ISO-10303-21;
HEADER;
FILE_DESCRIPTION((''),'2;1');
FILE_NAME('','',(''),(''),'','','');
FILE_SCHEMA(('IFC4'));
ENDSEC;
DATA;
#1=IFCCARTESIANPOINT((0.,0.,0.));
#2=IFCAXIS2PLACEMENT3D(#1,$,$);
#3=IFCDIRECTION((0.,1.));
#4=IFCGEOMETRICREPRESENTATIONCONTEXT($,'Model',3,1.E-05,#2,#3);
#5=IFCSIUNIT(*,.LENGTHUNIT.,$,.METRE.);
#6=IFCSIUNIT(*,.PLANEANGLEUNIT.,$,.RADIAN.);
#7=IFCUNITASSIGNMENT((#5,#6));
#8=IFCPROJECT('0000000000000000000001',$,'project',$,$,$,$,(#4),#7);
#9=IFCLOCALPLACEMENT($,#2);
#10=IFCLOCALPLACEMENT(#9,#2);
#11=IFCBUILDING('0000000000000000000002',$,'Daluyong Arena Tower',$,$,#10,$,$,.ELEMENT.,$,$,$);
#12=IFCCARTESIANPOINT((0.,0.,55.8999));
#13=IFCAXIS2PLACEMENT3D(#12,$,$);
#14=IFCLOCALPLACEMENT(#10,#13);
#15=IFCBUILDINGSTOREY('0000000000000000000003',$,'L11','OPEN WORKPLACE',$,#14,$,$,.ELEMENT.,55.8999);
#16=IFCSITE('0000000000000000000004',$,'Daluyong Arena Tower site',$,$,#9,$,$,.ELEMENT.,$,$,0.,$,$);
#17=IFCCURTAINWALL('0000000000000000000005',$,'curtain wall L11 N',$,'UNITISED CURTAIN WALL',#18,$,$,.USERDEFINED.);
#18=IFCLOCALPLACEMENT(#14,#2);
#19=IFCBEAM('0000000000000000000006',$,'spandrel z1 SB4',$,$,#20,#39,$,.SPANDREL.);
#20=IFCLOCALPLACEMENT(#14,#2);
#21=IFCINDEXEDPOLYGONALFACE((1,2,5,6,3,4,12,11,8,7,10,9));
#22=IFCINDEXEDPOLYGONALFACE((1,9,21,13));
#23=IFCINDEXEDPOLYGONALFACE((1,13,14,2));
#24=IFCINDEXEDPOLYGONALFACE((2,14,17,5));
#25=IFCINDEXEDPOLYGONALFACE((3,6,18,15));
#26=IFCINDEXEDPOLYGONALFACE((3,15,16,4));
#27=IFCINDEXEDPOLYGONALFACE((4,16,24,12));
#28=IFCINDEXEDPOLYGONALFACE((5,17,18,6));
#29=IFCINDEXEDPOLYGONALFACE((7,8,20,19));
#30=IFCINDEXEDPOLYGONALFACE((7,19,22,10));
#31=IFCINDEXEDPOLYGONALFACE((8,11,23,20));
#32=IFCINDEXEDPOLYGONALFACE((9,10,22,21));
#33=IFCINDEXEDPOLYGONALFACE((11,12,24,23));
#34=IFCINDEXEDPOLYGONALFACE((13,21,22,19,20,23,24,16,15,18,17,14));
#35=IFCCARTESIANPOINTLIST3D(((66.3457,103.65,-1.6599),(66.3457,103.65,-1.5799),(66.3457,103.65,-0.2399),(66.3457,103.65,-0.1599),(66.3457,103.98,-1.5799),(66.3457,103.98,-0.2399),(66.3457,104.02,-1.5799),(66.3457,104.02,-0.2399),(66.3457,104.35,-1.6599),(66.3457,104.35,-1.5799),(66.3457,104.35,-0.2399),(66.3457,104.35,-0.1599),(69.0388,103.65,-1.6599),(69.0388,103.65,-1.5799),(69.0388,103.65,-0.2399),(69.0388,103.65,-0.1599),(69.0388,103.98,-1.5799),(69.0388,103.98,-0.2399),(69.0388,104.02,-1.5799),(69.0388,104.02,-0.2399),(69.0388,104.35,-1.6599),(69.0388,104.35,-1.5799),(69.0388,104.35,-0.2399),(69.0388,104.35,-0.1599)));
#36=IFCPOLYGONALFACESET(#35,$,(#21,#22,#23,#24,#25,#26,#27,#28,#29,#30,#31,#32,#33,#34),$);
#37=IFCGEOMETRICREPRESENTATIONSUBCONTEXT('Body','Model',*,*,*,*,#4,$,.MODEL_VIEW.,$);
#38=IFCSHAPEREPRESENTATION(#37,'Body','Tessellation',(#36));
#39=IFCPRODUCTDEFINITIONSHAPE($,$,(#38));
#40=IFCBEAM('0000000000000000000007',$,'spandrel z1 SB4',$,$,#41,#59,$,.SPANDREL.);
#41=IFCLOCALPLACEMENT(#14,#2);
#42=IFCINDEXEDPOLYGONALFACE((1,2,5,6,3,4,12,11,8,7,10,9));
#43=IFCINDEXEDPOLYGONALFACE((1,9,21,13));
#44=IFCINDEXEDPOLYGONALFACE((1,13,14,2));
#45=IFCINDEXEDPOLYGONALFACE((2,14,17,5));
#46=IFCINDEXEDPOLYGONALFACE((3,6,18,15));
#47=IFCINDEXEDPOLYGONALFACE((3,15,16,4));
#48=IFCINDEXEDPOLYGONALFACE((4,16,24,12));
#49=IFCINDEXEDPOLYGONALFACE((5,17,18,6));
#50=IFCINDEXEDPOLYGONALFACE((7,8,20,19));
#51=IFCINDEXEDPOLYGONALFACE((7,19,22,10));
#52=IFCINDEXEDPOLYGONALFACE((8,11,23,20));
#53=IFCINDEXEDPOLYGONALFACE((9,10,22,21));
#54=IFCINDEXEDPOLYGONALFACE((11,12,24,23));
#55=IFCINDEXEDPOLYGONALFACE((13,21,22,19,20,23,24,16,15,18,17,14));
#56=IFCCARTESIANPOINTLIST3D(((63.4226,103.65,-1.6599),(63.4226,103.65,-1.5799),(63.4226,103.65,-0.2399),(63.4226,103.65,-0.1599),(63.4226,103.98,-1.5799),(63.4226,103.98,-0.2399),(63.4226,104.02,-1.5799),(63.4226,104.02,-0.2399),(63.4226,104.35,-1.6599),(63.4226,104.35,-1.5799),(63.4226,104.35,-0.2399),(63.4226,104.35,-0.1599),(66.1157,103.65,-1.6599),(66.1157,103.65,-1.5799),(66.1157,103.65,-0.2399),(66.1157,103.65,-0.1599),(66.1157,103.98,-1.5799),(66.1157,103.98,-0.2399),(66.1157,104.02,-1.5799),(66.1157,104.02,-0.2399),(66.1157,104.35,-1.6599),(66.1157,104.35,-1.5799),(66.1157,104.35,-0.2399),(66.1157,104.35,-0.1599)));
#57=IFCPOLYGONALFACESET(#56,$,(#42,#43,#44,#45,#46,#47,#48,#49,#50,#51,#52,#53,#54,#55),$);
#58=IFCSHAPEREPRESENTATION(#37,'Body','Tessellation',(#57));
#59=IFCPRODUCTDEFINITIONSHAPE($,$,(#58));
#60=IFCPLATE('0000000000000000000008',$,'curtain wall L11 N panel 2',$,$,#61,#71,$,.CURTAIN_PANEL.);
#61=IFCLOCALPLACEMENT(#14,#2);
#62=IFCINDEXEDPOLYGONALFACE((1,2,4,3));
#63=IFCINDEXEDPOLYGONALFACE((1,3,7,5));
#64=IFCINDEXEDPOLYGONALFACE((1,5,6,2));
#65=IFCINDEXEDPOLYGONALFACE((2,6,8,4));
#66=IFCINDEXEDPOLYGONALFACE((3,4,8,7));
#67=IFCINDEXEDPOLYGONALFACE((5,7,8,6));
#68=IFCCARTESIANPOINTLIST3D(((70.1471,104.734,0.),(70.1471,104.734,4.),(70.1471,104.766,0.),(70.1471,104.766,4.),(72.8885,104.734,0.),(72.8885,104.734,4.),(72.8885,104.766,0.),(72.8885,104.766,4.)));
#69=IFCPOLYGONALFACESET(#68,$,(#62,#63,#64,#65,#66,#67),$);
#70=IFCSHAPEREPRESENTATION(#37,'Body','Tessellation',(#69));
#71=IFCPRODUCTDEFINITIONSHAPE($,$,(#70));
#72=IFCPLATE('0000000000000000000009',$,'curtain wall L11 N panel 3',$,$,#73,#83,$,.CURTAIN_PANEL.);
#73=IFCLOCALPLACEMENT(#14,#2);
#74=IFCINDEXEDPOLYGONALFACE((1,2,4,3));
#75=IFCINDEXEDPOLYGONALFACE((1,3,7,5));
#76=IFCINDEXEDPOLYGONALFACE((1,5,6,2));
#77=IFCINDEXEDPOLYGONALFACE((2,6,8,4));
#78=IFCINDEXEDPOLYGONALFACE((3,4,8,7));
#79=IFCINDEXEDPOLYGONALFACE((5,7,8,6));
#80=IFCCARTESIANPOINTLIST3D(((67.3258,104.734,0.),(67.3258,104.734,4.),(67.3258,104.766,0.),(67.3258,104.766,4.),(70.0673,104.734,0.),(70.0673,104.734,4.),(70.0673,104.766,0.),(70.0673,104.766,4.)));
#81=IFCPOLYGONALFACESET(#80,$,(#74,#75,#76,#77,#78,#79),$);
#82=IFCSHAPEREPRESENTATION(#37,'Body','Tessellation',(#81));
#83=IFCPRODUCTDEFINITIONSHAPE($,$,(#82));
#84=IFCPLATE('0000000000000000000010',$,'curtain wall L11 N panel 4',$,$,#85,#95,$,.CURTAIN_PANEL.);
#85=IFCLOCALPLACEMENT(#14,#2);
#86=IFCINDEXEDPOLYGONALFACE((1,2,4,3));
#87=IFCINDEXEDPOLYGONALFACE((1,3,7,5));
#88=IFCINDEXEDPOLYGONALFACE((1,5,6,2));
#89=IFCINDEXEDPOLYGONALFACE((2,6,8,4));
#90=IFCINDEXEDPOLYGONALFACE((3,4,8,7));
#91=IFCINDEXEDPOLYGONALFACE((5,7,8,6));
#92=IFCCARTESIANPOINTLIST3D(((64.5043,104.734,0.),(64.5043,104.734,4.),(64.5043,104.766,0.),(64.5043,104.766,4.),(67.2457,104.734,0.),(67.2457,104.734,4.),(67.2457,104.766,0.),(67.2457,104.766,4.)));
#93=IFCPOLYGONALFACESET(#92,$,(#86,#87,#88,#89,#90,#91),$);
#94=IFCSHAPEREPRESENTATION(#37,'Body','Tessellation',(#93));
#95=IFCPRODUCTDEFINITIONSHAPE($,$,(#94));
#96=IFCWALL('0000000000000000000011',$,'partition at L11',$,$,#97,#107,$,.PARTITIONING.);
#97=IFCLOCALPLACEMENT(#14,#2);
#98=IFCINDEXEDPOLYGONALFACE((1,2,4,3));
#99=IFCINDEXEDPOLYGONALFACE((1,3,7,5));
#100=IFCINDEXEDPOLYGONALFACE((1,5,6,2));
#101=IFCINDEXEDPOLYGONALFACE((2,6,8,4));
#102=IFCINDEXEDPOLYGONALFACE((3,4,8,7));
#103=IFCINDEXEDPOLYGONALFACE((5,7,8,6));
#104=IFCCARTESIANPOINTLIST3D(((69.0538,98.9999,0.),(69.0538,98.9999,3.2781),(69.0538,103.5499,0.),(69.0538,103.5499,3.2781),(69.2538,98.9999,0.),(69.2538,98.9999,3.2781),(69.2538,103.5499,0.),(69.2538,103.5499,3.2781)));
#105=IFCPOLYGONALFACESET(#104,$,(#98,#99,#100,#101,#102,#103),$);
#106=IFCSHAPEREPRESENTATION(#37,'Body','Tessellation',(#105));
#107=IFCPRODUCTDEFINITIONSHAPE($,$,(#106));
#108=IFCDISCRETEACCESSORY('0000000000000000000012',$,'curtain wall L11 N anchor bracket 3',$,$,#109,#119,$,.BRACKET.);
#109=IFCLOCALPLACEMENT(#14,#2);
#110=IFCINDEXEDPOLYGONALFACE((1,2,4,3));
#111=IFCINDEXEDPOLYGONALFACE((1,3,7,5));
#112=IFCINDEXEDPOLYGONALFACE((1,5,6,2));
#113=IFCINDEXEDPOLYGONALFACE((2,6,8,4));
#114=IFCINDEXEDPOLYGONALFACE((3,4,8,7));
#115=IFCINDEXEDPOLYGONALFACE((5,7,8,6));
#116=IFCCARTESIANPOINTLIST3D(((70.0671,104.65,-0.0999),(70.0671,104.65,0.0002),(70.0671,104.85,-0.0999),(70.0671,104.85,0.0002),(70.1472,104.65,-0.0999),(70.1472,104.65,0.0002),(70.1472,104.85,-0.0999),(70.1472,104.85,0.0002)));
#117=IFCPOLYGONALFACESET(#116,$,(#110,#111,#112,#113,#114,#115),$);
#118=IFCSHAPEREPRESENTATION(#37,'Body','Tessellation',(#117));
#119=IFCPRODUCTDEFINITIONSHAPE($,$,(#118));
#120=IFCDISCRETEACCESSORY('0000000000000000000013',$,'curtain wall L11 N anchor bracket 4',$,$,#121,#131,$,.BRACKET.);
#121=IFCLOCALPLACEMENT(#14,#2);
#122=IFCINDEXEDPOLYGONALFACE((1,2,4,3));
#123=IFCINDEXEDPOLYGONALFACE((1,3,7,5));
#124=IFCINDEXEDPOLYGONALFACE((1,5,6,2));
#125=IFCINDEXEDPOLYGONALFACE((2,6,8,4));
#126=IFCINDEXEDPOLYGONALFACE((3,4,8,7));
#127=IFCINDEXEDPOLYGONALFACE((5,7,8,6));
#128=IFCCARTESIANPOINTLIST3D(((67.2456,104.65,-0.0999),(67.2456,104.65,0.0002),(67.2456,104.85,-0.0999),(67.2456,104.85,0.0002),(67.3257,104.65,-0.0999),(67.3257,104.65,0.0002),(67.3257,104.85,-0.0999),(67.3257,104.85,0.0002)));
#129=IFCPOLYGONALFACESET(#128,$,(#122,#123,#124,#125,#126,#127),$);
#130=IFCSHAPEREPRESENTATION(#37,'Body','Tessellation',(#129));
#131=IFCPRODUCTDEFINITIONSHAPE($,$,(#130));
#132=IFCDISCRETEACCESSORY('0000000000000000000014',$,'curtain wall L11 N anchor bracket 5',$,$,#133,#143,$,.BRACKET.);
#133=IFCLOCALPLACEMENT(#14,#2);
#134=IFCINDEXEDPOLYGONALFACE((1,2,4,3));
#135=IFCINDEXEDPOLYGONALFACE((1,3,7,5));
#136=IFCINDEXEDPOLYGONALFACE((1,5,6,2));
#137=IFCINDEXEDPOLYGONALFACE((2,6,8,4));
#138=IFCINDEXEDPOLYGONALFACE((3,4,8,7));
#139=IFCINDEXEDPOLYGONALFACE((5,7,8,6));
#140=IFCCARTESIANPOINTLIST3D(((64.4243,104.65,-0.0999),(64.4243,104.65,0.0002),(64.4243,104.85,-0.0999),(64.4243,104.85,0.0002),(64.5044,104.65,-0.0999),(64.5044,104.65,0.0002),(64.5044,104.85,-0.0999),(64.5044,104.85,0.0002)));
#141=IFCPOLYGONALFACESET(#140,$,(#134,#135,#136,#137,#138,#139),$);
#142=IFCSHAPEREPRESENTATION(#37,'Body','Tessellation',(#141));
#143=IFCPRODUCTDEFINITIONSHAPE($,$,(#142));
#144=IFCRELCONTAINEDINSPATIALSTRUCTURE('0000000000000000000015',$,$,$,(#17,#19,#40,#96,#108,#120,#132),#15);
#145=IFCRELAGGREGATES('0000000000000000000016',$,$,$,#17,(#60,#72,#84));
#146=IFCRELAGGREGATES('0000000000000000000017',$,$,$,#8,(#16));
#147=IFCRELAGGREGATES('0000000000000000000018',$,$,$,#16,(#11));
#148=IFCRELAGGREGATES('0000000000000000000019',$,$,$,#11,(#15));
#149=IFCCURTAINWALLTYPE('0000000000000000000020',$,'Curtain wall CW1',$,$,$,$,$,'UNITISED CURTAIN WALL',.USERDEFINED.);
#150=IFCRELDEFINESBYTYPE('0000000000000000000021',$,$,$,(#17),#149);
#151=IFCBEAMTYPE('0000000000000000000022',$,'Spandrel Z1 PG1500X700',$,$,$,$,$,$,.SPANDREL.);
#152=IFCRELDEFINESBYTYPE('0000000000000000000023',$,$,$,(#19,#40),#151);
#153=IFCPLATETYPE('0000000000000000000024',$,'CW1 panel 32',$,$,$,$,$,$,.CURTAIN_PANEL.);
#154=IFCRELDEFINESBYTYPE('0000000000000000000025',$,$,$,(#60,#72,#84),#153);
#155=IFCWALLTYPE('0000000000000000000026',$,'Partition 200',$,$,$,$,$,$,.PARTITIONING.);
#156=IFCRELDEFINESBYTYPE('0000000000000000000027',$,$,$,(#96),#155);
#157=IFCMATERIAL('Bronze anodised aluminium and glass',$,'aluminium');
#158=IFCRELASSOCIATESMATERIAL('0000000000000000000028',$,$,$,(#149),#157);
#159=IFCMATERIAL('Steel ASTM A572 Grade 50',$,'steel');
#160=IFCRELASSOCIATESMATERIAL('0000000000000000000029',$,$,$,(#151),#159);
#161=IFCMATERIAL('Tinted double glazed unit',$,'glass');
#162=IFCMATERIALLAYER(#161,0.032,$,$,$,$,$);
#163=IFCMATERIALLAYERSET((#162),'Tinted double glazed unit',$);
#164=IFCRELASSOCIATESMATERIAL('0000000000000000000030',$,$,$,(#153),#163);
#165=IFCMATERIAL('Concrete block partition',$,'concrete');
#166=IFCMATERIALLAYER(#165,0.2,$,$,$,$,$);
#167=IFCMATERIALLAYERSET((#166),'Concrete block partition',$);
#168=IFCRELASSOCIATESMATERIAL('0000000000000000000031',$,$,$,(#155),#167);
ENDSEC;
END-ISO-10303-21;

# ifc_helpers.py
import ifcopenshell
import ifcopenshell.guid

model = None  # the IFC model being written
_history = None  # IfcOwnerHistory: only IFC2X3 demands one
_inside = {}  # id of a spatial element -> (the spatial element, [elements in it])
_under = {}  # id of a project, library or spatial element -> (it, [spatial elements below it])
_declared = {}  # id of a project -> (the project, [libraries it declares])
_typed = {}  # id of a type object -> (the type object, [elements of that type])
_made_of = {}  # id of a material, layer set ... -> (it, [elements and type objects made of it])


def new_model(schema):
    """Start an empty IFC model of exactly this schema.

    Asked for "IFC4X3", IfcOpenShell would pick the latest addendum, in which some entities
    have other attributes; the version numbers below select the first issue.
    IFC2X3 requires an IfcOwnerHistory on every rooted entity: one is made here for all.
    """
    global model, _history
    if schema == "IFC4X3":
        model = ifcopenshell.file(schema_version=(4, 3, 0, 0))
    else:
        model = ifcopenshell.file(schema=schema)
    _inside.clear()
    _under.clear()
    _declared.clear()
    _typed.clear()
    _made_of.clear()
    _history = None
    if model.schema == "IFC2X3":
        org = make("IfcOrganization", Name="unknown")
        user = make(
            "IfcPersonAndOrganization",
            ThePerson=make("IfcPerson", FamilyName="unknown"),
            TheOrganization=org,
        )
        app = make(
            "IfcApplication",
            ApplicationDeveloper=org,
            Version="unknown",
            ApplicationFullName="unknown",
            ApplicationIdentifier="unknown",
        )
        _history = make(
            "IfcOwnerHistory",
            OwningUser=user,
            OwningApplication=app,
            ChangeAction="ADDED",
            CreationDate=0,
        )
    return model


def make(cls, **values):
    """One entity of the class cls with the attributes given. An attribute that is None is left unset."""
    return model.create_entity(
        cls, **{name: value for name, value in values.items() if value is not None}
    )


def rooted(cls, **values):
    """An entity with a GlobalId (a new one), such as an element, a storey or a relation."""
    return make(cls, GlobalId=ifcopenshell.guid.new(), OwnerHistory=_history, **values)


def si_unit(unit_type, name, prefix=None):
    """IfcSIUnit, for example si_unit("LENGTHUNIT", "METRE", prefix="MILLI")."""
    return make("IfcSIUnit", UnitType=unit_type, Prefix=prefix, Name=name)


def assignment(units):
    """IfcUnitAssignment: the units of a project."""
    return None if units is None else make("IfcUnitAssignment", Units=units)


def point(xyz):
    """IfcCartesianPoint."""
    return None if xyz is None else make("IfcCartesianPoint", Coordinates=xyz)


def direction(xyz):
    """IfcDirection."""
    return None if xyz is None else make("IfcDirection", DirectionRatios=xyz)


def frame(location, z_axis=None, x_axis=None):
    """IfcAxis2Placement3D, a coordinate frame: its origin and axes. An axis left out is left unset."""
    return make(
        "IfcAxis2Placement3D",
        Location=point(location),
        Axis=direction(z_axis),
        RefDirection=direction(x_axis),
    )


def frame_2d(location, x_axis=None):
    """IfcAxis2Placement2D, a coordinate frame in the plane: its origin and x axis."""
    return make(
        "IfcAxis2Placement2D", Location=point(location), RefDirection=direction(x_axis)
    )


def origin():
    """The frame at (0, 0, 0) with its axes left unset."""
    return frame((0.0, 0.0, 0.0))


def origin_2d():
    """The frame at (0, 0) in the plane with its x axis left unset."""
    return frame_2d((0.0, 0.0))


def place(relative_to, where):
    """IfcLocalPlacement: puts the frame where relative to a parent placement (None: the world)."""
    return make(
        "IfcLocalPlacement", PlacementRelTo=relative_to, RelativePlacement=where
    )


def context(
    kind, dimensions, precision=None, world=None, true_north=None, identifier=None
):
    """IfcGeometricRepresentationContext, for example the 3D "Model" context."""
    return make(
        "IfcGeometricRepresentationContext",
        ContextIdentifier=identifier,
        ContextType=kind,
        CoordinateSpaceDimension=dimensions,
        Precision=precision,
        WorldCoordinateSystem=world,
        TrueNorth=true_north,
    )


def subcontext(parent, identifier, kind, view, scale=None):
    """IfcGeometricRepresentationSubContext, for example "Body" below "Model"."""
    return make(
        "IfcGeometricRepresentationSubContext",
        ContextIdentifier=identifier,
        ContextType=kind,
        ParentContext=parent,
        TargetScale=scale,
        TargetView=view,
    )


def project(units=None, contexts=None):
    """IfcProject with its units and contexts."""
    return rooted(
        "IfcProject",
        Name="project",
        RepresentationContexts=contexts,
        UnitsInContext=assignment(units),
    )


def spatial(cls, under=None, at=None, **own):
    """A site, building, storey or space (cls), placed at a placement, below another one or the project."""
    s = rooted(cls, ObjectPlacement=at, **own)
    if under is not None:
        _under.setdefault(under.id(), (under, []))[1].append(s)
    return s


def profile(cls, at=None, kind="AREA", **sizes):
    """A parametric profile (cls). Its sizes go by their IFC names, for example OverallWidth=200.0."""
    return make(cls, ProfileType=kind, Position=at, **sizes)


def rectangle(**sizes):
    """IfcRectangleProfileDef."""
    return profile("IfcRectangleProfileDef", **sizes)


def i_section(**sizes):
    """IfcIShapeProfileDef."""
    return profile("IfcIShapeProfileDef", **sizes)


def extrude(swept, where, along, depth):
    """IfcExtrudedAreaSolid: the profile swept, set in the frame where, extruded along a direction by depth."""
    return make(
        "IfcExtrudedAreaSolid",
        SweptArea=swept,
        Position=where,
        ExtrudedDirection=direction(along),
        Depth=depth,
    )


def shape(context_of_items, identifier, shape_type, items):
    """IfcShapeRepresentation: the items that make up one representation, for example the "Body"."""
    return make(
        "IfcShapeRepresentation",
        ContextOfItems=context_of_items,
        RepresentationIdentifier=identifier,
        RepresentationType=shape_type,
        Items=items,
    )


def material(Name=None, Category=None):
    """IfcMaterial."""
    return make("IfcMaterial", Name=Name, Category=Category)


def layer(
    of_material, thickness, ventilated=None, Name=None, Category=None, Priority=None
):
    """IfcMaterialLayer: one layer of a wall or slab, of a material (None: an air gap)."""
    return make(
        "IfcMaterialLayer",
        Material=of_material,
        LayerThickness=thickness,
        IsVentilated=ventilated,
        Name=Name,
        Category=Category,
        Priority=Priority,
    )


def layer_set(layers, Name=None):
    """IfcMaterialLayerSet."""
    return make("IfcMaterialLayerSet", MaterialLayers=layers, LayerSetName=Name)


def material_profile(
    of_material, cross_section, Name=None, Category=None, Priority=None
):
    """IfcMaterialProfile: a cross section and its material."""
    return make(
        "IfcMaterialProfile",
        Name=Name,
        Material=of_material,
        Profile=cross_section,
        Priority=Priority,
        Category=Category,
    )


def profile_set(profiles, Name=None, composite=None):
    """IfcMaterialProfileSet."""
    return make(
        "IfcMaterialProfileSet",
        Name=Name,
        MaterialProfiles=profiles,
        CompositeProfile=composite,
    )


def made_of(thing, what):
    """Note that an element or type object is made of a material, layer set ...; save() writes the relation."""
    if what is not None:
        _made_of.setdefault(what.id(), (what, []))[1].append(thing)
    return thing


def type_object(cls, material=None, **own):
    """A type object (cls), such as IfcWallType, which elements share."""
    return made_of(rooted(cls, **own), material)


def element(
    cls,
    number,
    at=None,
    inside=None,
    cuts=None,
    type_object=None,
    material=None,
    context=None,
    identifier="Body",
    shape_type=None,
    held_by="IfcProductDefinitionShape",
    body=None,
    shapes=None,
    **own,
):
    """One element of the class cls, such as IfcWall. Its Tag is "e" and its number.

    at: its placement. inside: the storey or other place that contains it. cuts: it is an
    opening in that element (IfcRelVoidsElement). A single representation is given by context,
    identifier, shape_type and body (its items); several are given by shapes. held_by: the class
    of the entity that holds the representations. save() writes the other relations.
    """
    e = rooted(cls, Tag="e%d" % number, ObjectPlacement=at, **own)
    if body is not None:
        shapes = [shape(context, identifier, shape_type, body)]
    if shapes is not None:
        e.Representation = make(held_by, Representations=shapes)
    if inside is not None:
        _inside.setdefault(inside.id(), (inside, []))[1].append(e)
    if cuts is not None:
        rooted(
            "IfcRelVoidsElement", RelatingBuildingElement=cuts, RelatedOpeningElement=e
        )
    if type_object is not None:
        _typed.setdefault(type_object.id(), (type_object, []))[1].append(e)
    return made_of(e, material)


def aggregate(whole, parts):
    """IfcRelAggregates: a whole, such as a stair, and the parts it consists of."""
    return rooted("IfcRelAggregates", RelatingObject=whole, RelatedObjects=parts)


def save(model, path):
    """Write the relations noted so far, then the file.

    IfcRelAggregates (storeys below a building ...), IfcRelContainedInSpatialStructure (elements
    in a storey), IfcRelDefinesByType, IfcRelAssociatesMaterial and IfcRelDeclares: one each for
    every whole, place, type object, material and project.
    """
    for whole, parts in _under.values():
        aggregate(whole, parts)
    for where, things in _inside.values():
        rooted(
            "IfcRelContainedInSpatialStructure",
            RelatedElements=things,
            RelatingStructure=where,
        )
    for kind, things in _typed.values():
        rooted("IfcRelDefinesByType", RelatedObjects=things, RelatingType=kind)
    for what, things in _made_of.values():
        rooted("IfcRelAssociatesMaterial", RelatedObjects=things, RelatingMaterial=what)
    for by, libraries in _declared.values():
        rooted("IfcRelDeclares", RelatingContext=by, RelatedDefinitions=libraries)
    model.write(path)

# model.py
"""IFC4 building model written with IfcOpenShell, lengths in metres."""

from ifc_helpers import new_model, si_unit, direction, frame, frame_2d, origin, origin_2d, place, context, subcontext, project, spatial, rectangle, i_section, extrude, material, layer, layer_set, material_profile, profile_set, type_object, element, aggregate, save


model = new_model("IFC4")

# Units and contexts
model_context = context("Model", 3, precision=1e-05, world=origin(), true_north=direction((0.0, 1.0)))
body_context = subcontext(model_context, "Body", "Model", "MODEL_VIEW")
ifc_project = project(units=[si_unit("LENGTHUNIT", "METRE"), si_unit("PLANEANGLEUNIT", "RADIAN")], contexts=[model_context])

# Site, building, storey
site_placement = place(None, origin())
site = spatial("IfcSite", under=ifc_project, at=site_placement, Name="Daluyong Arena Tower site", CompositionType="ELEMENT", RefElevation=0.0)
building_placement = place(site_placement, origin())
building = spatial("IfcBuilding", under=site, at=building_placement, Name="Daluyong Arena Tower", CompositionType="ELEMENT")
storey_placement = place(building_placement, frame((0.0, 0.0, 55.8999)))
storey = spatial("IfcBuildingStorey", under=building, at=storey_placement, Name="L11", Description="OPEN WORKPLACE", CompositionType="ELEMENT", Elevation=55.8999)

# Curtain wall
ifc_material_1 = material(Name="Bronze anodised aluminium and glass", Category="aluminium")
curtain_wall_type = type_object("IfcCurtainWallType", Name="Curtain wall CW1", ElementType="UNITISED CURTAIN WALL", PredefinedType="USERDEFINED", material=ifc_material_1)
curtain_wall_placement = place(storey_placement, origin())
curtain_wall = element("IfcCurtainWall", 1, at=curtain_wall_placement, inside=storey, type_object=curtain_wall_type, Name="curtain wall L11 N", ObjectType="UNITISED CURTAIN WALL", PredefinedType="USERDEFINED")

# Beams
ifc_material_2 = material(Name="Steel ASTM A572 Grade 50", Category="steel")
ifc_material_profile_1 = material_profile(ifc_material_2, i_section(OverallWidth=0.7, OverallDepth=1.5, WebThickness=0.04, FlangeThickness=0.08, at=origin_2d()))
ifc_profile_set_1 = profile_set([ifc_material_profile_1], Name="Steel ASTM A572 Grade 50")
beam_type_1 = type_object("IfcBeamType", Name="Spandrel Z1 PG1500X700", PredefinedType="SPANDREL", material=ifc_profile_set_1)
for number, where, z_axis, x_axis, name in (
    (2, (69.0388, 104.0, -0.9099), (-1.0, 0.0, 0.0), (0.0, -1.0, 0.0), "spandrel z1 SB4"),
    (3, (66.1157, 104.0, -0.9099), (-1.0, 0.0, 0.0), (0.0, -1.0, 0.0), "spandrel z1 SB4"),
):
    element("IfcBeam", number, at=place(storey_placement, frame(where, z_axis=z_axis, x_axis=x_axis)), inside=storey, type_object=beam_type_1, Name=name, PredefinedType="SPANDREL", context=body_context, shape_type="SweptSolid", body=[
        extrude(i_section(OverallWidth=0.7, OverallDepth=1.5, WebThickness=0.04, FlangeThickness=0.08, at=origin_2d()), origin(), (0.0, 0.0, 1.0), 2.6931),
    ])

# Plates
ifc_material_3 = material(Name="Tinted double glazed unit", Category="glass")
ifc_layer_1 = layer(ifc_material_3, 0.032)
ifc_layer_set_1 = layer_set([ifc_layer_1], Name="Tinted double glazed unit")
plate_type = type_object("IfcPlateType", Name="CW1 panel 32", PredefinedType="CURTAIN_PANEL", material=ifc_layer_set_1)
plate_1_placement = place(storey_placement, frame((71.5178, 104.75, 0.0), z_axis=(0.0, 0.0, 1.0), x_axis=(-1.0, 0.0, 0.0)))
plate_1 = element("IfcPlate", 4, at=plate_1_placement, type_object=plate_type, Name="curtain wall L11 N panel 2", PredefinedType="CURTAIN_PANEL", context=body_context, shape_type="SweptSolid", body=[
    extrude(rectangle(XDim=2.7415, YDim=0.032, at=origin_2d()), origin(), (0.0, 0.0, 1.0), 4.0),
])
plate_2_placement = place(storey_placement, frame((68.6965, 104.75, 0.0), z_axis=(0.0, 0.0, 1.0), x_axis=(-1.0, 0.0, 0.0)))
plate_2 = element("IfcPlate", 5, at=plate_2_placement, type_object=plate_type, Name="curtain wall L11 N panel 3", PredefinedType="CURTAIN_PANEL", context=body_context, shape_type="SweptSolid", body=[
    extrude(rectangle(XDim=2.7415, YDim=0.032, at=origin_2d()), origin(), (0.0, 0.0, 1.0), 4.0),
])
plate_3_placement = place(storey_placement, frame((65.875, 104.75, 0.0), z_axis=(0.0, 0.0, 1.0), x_axis=(-1.0, 0.0, 0.0)))
plate_3 = element("IfcPlate", 6, at=plate_3_placement, type_object=plate_type, Name="curtain wall L11 N panel 4", PredefinedType="CURTAIN_PANEL", context=body_context, shape_type="SweptSolid", body=[
    extrude(rectangle(XDim=2.7415, YDim=0.032, at=origin_2d()), origin(), (0.0, 0.0, 1.0), 4.0),
])
aggregate(curtain_wall, [plate_1, plate_2, plate_3])

# Wall
ifc_material_4 = material(Name="Concrete block partition", Category="concrete")
ifc_layer_2 = layer(ifc_material_4, 0.2)
ifc_layer_set_2 = layer_set([ifc_layer_2], Name="Concrete block partition")
wall_type = type_object("IfcWallType", Name="Partition 200", PredefinedType="PARTITIONING", material=ifc_layer_set_2)
wall_placement = place(storey_placement, frame((69.1538, 99.0, 0.0), z_axis=(0.0, 0.0, 1.0), x_axis=(0.0, 1.0, 0.0)))
element("IfcWall", 7, at=wall_placement, inside=storey, type_object=wall_type, Name="partition at L11", PredefinedType="PARTITIONING", context=body_context, shape_type="SweptSolid", body=[
    extrude(rectangle(XDim=4.55, YDim=0.2, at=frame_2d((2.2749, 0.0))), origin(), (0.0, 0.0, 1.0), 3.2781),
])

# Discrete accessories
for number, where, z_axis, x_axis, name in (
    (8, (70.1072, 104.75, -0.0999), (0.0, 0.0, 1.0), (-1.0, 0.0, 0.0), "curtain wall L11 N anchor bracket 3"),
    (9, (67.2856, 104.75, -0.0999), (0.0, 0.0, 1.0), (-1.0, 0.0, 0.0), "curtain wall L11 N anchor bracket 4"),
    (10, (64.4644, 104.75, -0.0999), (0.0, 0.0, 1.0), (-1.0, 0.0, 0.0), "curtain wall L11 N anchor bracket 5"),
):
    element("IfcDiscreteAccessory", number, at=place(storey_placement, frame(where, z_axis=z_axis, x_axis=x_axis)), inside=storey, Name=name, PredefinedType="BRACKET", context=body_context, shape_type="SweptSolid", body=[
        extrude(rectangle(XDim=0.0801, YDim=0.2, at=origin_2d()), origin(), (0.0, 0.0, 1.0), 0.1001),
    ])

save(model, "model.ifc")
